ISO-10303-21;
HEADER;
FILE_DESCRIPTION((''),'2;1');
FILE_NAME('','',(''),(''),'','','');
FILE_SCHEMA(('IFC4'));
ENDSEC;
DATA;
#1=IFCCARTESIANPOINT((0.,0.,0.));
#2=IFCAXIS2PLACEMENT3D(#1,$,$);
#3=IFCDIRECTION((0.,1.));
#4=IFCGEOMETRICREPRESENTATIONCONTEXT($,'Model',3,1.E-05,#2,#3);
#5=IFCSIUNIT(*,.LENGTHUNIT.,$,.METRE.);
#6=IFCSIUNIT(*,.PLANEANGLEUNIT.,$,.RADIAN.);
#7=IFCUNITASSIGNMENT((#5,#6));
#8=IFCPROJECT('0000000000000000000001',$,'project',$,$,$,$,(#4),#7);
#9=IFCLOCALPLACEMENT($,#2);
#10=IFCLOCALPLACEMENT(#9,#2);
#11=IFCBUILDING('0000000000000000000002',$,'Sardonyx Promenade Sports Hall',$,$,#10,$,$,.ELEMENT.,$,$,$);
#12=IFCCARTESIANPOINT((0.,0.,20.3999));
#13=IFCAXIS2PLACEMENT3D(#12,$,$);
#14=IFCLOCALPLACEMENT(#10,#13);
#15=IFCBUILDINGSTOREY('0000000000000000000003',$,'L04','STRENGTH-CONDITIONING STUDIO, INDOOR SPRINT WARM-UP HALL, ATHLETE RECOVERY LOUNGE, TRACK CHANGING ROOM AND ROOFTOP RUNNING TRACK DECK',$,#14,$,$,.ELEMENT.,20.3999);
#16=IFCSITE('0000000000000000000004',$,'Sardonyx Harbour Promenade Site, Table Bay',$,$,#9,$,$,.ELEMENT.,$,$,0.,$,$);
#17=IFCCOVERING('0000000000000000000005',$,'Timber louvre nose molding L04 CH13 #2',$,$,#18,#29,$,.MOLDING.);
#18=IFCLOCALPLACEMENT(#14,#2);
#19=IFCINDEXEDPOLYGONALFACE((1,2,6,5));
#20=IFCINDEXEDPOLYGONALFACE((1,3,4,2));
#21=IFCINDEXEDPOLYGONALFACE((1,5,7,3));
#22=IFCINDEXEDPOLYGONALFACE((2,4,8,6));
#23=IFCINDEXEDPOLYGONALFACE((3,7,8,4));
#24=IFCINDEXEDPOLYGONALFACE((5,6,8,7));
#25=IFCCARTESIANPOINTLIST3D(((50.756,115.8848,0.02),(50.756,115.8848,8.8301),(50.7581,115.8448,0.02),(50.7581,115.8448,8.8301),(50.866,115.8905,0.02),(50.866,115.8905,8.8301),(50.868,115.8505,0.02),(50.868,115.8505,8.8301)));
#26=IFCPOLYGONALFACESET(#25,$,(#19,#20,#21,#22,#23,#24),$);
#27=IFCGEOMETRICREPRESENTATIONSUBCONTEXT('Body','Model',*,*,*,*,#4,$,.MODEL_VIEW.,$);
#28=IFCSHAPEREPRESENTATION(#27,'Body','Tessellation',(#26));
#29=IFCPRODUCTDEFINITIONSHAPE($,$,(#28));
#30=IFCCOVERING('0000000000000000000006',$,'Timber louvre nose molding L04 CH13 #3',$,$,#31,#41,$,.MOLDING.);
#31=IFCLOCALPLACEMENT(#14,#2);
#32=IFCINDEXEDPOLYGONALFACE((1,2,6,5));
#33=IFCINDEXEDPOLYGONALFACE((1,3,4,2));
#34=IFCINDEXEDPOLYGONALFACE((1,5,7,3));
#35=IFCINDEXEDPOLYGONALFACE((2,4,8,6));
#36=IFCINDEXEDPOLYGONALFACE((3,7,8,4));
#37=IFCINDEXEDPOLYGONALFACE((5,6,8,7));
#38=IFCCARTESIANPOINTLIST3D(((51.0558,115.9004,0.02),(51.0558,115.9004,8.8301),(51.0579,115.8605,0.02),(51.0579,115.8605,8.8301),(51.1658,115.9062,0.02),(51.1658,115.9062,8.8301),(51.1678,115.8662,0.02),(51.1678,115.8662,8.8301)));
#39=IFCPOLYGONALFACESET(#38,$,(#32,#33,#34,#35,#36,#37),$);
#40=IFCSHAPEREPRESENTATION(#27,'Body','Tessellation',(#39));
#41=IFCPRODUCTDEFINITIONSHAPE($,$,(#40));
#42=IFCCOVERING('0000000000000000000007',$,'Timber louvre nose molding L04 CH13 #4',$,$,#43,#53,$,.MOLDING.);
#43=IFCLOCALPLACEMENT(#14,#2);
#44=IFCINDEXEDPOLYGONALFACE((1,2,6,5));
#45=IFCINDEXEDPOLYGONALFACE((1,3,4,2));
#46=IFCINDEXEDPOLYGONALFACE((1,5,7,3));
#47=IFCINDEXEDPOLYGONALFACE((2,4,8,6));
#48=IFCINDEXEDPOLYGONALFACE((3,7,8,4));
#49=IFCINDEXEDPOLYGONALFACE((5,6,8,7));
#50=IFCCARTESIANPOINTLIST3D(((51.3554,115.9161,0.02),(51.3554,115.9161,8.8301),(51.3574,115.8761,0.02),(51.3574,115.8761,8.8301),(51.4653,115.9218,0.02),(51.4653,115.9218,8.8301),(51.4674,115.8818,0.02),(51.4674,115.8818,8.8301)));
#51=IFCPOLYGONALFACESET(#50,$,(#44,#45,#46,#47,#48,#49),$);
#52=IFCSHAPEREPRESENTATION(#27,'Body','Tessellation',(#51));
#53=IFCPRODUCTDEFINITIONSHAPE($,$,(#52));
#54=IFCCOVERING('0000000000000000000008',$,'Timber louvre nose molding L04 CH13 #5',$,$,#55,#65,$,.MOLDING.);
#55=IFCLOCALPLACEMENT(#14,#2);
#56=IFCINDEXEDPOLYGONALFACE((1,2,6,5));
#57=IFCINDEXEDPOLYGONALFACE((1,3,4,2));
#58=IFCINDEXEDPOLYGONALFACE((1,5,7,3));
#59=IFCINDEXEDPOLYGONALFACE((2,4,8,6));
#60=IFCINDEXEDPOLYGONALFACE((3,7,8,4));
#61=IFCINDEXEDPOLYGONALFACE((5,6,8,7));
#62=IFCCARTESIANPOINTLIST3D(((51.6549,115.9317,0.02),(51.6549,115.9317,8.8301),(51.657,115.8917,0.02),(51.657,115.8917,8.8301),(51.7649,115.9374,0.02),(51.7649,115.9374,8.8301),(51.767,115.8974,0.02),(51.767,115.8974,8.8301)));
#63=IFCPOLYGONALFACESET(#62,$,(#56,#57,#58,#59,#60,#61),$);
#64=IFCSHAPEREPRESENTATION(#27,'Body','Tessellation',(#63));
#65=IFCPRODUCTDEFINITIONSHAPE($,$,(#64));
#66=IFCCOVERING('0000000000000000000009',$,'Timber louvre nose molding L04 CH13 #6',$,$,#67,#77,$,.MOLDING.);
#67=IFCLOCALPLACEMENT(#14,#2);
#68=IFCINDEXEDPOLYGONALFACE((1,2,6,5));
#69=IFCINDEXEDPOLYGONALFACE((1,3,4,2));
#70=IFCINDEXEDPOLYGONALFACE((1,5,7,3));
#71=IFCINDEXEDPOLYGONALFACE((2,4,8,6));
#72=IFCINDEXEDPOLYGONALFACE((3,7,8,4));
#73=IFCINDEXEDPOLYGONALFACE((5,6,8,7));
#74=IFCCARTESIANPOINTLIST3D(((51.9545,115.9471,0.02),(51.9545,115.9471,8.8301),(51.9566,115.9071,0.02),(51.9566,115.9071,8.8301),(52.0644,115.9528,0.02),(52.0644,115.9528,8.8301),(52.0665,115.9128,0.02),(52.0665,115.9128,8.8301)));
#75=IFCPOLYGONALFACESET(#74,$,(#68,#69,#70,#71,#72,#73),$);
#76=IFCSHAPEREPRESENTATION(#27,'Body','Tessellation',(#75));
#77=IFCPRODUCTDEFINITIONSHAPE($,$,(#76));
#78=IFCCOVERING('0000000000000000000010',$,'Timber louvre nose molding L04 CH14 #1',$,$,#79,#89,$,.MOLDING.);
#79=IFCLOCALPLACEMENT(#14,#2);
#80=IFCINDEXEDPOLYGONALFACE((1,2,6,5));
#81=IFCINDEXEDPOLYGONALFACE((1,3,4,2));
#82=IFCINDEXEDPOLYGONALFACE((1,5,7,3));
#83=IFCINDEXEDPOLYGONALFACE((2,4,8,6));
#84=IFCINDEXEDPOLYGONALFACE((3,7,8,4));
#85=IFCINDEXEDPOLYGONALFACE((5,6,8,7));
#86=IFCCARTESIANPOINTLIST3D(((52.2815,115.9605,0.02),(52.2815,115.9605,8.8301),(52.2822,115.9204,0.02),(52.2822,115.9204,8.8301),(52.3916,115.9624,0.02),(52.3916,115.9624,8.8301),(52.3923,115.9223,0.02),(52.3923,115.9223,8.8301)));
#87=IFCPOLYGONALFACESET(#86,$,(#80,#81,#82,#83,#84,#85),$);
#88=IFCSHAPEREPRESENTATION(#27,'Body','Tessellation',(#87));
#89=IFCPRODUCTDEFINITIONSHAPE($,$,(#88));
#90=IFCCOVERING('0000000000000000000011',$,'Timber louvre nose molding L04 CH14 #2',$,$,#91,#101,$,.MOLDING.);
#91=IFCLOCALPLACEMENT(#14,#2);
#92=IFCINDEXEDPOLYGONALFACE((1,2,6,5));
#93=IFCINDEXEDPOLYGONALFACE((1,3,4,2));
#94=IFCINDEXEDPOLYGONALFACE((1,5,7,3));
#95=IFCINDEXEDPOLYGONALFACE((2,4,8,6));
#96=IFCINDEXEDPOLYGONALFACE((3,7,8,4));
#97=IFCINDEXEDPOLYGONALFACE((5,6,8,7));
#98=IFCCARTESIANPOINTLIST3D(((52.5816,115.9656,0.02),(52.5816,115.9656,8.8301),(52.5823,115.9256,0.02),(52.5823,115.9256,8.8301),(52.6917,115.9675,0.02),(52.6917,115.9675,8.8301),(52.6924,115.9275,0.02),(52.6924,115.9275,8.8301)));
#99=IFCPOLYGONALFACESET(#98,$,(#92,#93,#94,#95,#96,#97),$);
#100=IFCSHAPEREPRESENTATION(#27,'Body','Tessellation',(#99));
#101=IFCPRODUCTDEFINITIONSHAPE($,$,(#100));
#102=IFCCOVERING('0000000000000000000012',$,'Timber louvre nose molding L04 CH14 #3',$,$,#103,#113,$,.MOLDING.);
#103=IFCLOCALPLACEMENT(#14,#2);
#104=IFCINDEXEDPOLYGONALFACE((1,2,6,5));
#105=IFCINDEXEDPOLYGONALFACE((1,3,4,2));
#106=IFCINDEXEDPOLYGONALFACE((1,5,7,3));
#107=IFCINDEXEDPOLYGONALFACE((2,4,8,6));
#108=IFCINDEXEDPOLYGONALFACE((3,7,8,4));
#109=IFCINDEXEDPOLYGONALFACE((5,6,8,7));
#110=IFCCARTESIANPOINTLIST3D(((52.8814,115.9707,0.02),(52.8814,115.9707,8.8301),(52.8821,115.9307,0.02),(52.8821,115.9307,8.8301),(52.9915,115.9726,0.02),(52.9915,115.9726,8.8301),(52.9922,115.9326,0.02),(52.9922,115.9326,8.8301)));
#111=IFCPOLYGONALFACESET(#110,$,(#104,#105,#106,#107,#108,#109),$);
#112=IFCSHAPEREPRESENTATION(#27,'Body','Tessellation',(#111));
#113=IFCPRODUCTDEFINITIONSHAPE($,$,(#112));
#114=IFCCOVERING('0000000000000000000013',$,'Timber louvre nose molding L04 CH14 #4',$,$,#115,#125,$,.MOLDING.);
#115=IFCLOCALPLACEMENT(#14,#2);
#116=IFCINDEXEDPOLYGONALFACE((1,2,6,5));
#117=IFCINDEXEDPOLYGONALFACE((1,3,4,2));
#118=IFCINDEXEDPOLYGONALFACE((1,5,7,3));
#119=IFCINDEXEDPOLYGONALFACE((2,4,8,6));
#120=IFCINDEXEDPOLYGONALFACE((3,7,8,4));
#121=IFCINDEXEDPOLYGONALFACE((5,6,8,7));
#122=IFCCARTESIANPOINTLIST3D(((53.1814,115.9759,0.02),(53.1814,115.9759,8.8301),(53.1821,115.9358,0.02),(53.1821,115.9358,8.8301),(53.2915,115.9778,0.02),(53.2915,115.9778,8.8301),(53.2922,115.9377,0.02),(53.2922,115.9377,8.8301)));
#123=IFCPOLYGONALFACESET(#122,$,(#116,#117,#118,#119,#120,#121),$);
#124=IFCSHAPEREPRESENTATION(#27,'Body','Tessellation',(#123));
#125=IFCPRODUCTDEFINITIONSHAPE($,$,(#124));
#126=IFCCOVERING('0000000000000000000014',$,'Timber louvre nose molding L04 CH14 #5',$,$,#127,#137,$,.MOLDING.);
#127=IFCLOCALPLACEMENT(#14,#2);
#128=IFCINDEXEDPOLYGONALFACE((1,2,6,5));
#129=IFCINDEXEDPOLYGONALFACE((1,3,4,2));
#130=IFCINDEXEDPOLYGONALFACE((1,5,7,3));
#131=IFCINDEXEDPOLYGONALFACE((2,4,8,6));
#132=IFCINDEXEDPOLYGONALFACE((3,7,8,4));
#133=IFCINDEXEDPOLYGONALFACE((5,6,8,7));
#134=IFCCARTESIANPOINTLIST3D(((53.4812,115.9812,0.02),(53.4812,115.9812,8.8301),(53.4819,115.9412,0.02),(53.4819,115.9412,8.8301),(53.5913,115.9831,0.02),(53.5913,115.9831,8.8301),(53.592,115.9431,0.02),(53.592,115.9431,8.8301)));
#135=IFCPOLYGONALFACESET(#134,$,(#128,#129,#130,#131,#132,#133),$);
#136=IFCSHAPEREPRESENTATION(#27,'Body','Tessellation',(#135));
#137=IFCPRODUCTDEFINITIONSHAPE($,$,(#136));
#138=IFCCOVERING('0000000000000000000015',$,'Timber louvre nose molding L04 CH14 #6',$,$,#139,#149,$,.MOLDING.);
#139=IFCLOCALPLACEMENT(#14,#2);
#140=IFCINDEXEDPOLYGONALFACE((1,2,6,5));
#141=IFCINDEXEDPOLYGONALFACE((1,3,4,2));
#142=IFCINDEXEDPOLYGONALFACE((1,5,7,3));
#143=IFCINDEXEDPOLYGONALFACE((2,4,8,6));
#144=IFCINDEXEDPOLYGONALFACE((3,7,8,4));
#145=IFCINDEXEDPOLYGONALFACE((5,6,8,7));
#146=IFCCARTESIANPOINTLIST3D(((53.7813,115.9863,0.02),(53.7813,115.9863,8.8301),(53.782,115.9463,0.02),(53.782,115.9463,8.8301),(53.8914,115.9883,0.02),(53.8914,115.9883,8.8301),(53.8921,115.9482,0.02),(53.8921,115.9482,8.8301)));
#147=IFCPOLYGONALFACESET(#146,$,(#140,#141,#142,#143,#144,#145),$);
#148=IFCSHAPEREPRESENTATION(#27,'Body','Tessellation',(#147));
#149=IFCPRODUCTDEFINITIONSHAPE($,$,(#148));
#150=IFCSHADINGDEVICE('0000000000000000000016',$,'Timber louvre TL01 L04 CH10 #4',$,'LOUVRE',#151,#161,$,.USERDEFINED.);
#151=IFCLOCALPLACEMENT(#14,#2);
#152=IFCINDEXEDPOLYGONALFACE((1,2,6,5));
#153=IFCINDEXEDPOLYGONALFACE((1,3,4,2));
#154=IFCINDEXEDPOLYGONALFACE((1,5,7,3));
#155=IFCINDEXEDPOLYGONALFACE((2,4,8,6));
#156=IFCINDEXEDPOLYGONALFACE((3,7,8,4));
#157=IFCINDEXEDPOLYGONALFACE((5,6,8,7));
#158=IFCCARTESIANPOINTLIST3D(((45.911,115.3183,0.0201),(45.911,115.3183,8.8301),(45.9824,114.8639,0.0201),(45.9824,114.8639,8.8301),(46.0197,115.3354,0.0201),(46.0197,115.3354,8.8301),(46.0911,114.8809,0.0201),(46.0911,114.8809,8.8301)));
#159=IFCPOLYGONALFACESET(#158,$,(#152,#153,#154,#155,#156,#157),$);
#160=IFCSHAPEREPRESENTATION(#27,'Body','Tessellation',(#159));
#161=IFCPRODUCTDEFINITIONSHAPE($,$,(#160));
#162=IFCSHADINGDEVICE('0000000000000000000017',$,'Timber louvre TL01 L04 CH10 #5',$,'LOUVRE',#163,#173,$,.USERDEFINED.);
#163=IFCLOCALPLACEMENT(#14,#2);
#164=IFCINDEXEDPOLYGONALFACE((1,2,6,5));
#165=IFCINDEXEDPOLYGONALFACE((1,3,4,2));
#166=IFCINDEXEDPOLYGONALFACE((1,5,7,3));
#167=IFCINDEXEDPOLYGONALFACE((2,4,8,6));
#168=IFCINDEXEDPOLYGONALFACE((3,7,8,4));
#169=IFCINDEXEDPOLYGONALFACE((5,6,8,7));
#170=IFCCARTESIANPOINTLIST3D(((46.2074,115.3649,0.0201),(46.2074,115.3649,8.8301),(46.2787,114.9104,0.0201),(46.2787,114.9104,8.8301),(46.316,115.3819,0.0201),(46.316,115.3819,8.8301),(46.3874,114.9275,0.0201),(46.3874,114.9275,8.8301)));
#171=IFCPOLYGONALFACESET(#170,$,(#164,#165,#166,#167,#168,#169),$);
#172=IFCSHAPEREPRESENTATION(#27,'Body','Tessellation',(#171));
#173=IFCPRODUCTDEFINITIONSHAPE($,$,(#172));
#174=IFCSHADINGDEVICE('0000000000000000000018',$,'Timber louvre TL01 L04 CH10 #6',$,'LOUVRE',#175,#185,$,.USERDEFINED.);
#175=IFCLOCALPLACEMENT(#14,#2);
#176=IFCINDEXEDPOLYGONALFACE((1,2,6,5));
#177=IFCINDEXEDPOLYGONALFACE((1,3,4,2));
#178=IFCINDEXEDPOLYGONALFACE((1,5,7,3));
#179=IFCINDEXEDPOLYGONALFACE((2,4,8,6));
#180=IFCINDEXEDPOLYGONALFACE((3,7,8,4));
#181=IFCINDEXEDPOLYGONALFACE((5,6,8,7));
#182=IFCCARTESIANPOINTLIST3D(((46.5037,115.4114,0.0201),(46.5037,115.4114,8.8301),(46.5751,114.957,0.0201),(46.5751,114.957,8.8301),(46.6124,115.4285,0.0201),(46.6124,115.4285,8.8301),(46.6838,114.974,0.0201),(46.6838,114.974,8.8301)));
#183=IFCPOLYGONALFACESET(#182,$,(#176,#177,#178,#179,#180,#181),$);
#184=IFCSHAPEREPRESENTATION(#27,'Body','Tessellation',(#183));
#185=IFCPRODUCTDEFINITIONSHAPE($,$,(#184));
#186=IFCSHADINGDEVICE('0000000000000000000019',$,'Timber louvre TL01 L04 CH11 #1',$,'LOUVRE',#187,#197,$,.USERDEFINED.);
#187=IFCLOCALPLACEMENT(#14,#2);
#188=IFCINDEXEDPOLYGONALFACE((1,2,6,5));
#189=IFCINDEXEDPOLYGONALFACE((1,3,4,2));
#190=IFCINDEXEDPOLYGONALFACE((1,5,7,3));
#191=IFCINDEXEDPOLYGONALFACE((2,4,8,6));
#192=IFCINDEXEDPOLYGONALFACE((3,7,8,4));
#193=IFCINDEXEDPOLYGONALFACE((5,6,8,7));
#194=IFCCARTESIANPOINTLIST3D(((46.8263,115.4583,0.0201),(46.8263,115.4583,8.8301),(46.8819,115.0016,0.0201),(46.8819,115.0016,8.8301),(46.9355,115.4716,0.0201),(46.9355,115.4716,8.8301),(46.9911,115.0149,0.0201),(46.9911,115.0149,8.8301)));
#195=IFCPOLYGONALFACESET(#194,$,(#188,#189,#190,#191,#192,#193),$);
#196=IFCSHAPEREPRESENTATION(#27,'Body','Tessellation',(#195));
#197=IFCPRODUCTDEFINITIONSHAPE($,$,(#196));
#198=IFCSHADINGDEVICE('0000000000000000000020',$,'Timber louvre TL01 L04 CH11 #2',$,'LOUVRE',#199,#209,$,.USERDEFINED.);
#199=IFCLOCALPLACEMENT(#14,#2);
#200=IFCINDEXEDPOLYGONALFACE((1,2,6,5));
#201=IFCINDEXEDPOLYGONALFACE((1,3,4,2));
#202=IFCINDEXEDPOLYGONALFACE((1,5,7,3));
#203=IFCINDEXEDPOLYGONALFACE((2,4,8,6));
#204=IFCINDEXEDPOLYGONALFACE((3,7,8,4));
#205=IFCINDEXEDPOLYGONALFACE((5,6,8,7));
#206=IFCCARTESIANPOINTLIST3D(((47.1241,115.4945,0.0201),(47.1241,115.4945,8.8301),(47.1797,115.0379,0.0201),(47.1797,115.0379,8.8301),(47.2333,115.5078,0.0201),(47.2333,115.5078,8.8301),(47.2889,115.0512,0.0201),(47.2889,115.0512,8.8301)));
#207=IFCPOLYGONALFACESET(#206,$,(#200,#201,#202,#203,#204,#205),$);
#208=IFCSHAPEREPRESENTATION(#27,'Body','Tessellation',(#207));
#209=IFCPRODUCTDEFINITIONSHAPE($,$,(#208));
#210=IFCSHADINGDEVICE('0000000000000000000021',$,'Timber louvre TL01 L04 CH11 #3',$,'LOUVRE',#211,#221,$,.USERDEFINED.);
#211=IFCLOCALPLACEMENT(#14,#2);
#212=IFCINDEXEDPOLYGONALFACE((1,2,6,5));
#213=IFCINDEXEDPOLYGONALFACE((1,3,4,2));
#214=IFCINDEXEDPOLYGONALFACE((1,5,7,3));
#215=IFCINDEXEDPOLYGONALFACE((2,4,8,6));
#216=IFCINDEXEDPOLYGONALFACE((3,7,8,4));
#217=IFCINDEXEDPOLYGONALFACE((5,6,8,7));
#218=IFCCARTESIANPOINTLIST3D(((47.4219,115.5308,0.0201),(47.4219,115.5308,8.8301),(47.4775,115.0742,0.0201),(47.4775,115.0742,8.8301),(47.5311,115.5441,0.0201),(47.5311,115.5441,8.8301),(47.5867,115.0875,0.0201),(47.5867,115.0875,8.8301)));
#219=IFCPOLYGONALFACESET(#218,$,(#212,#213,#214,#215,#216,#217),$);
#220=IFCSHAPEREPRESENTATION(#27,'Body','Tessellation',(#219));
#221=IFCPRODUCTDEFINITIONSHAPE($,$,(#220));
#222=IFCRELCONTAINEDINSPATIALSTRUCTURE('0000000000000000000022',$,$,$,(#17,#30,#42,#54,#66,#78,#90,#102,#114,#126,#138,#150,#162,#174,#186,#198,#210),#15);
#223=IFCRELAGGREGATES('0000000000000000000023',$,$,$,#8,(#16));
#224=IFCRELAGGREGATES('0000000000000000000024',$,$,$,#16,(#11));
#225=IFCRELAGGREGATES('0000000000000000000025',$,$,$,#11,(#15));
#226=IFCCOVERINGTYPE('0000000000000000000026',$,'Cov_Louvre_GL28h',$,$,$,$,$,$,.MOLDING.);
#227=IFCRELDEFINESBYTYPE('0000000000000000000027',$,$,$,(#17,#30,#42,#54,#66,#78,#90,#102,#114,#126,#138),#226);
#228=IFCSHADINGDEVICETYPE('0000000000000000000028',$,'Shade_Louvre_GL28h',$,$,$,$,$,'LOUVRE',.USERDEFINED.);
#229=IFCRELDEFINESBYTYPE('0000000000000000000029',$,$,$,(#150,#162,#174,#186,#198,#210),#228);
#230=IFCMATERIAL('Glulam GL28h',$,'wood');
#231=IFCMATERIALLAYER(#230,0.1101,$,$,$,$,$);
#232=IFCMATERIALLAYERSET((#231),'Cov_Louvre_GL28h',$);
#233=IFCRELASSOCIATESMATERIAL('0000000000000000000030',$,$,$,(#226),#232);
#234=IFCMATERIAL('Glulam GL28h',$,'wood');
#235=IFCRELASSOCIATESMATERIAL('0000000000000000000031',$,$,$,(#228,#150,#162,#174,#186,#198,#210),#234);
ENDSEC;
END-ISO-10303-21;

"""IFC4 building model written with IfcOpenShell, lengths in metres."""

from ifc_helpers import new_model, si_unit, direction, frame, origin, origin_2d, place, context, subcontext, project, spatial, rectangle, extrude, material, layer, layer_set, type_object, element, save


model = new_model("IFC4")

# Units and contexts
model_context = context("Model", 3, precision=1e-05, world=origin(), true_north=direction((0.0, 1.0)))
body_context = subcontext(model_context, "Body", "Model", "MODEL_VIEW")
ifc_project = project(units=[si_unit("LENGTHUNIT", "METRE"), si_unit("PLANEANGLEUNIT", "RADIAN")], contexts=[model_context])

# Site, building, storey
site_placement = place(None, origin())
site = spatial("IfcSite", under=ifc_project, at=site_placement, Name="Sardonyx Harbour Promenade Site, Table Bay", CompositionType="ELEMENT", RefElevation=0.0)
building_placement = place(site_placement, origin())
building = spatial("IfcBuilding", under=site, at=building_placement, Name="Sardonyx Promenade Sports Hall", CompositionType="ELEMENT")
storey_placement = place(building_placement, frame((0.0, 0.0, 20.3999)))
storey = spatial("IfcBuildingStorey", under=building, at=storey_placement, Name="L04", Description="STRENGTH-CONDITIONING STUDIO, INDOOR SPRINT WARM-UP HALL, ATHLETE RECOVERY LOUNGE, TRACK CHANGING ROOM AND ROOFTOP RUNNING TRACK DECK", CompositionType="ELEMENT", Elevation=20.3999)

# Coverings
ifc_material_1 = material(Name="Glulam GL28h", Category="wood")
ifc_layer_1 = layer(ifc_material_1, 0.1101)
ifc_layer_set_1 = layer_set([ifc_layer_1], Name="Cov_Louvre_GL28h")
covering_type = type_object("IfcCoveringType", Name="Cov_Louvre_GL28h", PredefinedType="MOLDING", material=ifc_layer_set_1)
for number, where, z_axis, x_axis, name in (
    (1, (50.812, 115.8677, 0.02), (0.0, 0.0, 1.0), (0.998652, 0.051902, 0.0), "Timber louvre nose molding L04 CH13 #2"),
    (2, (51.1118, 115.8833, 0.02), (0.0, 0.0, 1.0), (0.998652, 0.051902, 0.0), "Timber louvre nose molding L04 CH13 #3"),
    (3, (51.4114, 115.8989, 0.02), (0.0, 0.0, 1.0), (0.998652, 0.051902, 0.0), "Timber louvre nose molding L04 CH13 #4"),
    (4, (51.7109, 115.9146, 0.02), (0.0, 0.0, 1.0), (0.998652, 0.051902, 0.0), "Timber louvre nose molding L04 CH13 #5"),
    (5, (52.0105, 115.9299, 0.02), (0.0, 0.0, 1.0), (0.998652, 0.051902, 0.0), "Timber louvre nose molding L04 CH13 #6"),
    (6, (52.3369, 115.9414, 0.02), (0.0, 0.0, 1.0), (0.99985, 0.017308, 0.0), "Timber louvre nose molding L04 CH14 #1"),
    (7, (52.637, 115.9465, 0.02), (0.0, 0.0, 1.0), (0.99985, 0.017308, 0.0), "Timber louvre nose molding L04 CH14 #2"),
    (8, (52.9368, 115.9517, 0.02), (0.0, 0.0, 1.0), (0.99985, 0.017308, 0.0), "Timber louvre nose molding L04 CH14 #3"),
    (9, (53.2368, 115.9568, 0.02), (0.0, 0.0, 1.0), (0.99985, 0.017308, 0.0), "Timber louvre nose molding L04 CH14 #4"),
    (10, (53.5366, 115.9622, 0.02), (0.0, 0.0, 1.0), (0.99985, 0.017308, 0.0), "Timber louvre nose molding L04 CH14 #5"),
    (11, (53.8367, 115.9673, 0.02), (0.0, 0.0, 1.0), (0.99985, 0.017308, 0.0), "Timber louvre nose molding L04 CH14 #6"),
):
    element("IfcCovering", number, at=place(storey_placement, frame(where, z_axis=z_axis, x_axis=x_axis)), inside=storey, type_object=covering_type, Name=name, PredefinedType="MOLDING", context=body_context, shape_type="SweptSolid", body=[
        extrude(rectangle(XDim=0.1101, YDim=0.04, at=origin_2d()), origin(), (0.0, 0.0, 1.0), 8.8101),
    ])

# Shading devices
ifc_material_2 = material(Name="Glulam GL28h", Category="wood")
shading_device_type = type_object("IfcShadingDeviceType", Name="Shade_Louvre_GL28h", ElementType="LOUVRE", PredefinedType="USERDEFINED", material=ifc_material_2)
for number, where, z_axis, x_axis, name in (
    (12, (46.001, 115.0996, 0.0201), (0.0, 0.0, 1.0), (0.987891, 0.155148, 0.0), "Timber louvre TL01 L04 CH10 #4"),
    (13, (46.2974, 115.1462, 0.0201), (0.0, 0.0, 1.0), (0.987891, 0.155148, 0.0), "Timber louvre TL01 L04 CH10 #5"),
    (14, (46.5938, 115.1927, 0.0201), (0.0, 0.0, 1.0), (0.987891, 0.155148, 0.0), "Timber louvre TL01 L04 CH10 #6"),
    (15, (46.9087, 115.2366, 0.0201), (0.0, 0.0, 1.0), (0.992669, 0.120863, 0.0), "Timber louvre TL01 L04 CH11 #1"),
    (16, (47.2065, 115.2729, 0.0201), (0.0, 0.0, 1.0), (0.992669, 0.120863, 0.0), "Timber louvre TL01 L04 CH11 #2"),
    (17, (47.5043, 115.3091, 0.0201), (0.0, 0.0, 1.0), (0.992669, 0.120863, 0.0), "Timber louvre TL01 L04 CH11 #3"),
):
    element("IfcShadingDevice", number, at=place(storey_placement, frame(where, z_axis=z_axis, x_axis=x_axis)), inside=storey, type_object=shading_device_type, material=ifc_material_2, Name=name, ObjectType="LOUVRE", PredefinedType="USERDEFINED", context=body_context, shape_type="SweptSolid", body=[
        extrude(rectangle(XDim=0.11, YDim=0.46), origin(), (0.0, 0.0, 1.0), 8.81),
    ])

save(model, "model.ifc")
